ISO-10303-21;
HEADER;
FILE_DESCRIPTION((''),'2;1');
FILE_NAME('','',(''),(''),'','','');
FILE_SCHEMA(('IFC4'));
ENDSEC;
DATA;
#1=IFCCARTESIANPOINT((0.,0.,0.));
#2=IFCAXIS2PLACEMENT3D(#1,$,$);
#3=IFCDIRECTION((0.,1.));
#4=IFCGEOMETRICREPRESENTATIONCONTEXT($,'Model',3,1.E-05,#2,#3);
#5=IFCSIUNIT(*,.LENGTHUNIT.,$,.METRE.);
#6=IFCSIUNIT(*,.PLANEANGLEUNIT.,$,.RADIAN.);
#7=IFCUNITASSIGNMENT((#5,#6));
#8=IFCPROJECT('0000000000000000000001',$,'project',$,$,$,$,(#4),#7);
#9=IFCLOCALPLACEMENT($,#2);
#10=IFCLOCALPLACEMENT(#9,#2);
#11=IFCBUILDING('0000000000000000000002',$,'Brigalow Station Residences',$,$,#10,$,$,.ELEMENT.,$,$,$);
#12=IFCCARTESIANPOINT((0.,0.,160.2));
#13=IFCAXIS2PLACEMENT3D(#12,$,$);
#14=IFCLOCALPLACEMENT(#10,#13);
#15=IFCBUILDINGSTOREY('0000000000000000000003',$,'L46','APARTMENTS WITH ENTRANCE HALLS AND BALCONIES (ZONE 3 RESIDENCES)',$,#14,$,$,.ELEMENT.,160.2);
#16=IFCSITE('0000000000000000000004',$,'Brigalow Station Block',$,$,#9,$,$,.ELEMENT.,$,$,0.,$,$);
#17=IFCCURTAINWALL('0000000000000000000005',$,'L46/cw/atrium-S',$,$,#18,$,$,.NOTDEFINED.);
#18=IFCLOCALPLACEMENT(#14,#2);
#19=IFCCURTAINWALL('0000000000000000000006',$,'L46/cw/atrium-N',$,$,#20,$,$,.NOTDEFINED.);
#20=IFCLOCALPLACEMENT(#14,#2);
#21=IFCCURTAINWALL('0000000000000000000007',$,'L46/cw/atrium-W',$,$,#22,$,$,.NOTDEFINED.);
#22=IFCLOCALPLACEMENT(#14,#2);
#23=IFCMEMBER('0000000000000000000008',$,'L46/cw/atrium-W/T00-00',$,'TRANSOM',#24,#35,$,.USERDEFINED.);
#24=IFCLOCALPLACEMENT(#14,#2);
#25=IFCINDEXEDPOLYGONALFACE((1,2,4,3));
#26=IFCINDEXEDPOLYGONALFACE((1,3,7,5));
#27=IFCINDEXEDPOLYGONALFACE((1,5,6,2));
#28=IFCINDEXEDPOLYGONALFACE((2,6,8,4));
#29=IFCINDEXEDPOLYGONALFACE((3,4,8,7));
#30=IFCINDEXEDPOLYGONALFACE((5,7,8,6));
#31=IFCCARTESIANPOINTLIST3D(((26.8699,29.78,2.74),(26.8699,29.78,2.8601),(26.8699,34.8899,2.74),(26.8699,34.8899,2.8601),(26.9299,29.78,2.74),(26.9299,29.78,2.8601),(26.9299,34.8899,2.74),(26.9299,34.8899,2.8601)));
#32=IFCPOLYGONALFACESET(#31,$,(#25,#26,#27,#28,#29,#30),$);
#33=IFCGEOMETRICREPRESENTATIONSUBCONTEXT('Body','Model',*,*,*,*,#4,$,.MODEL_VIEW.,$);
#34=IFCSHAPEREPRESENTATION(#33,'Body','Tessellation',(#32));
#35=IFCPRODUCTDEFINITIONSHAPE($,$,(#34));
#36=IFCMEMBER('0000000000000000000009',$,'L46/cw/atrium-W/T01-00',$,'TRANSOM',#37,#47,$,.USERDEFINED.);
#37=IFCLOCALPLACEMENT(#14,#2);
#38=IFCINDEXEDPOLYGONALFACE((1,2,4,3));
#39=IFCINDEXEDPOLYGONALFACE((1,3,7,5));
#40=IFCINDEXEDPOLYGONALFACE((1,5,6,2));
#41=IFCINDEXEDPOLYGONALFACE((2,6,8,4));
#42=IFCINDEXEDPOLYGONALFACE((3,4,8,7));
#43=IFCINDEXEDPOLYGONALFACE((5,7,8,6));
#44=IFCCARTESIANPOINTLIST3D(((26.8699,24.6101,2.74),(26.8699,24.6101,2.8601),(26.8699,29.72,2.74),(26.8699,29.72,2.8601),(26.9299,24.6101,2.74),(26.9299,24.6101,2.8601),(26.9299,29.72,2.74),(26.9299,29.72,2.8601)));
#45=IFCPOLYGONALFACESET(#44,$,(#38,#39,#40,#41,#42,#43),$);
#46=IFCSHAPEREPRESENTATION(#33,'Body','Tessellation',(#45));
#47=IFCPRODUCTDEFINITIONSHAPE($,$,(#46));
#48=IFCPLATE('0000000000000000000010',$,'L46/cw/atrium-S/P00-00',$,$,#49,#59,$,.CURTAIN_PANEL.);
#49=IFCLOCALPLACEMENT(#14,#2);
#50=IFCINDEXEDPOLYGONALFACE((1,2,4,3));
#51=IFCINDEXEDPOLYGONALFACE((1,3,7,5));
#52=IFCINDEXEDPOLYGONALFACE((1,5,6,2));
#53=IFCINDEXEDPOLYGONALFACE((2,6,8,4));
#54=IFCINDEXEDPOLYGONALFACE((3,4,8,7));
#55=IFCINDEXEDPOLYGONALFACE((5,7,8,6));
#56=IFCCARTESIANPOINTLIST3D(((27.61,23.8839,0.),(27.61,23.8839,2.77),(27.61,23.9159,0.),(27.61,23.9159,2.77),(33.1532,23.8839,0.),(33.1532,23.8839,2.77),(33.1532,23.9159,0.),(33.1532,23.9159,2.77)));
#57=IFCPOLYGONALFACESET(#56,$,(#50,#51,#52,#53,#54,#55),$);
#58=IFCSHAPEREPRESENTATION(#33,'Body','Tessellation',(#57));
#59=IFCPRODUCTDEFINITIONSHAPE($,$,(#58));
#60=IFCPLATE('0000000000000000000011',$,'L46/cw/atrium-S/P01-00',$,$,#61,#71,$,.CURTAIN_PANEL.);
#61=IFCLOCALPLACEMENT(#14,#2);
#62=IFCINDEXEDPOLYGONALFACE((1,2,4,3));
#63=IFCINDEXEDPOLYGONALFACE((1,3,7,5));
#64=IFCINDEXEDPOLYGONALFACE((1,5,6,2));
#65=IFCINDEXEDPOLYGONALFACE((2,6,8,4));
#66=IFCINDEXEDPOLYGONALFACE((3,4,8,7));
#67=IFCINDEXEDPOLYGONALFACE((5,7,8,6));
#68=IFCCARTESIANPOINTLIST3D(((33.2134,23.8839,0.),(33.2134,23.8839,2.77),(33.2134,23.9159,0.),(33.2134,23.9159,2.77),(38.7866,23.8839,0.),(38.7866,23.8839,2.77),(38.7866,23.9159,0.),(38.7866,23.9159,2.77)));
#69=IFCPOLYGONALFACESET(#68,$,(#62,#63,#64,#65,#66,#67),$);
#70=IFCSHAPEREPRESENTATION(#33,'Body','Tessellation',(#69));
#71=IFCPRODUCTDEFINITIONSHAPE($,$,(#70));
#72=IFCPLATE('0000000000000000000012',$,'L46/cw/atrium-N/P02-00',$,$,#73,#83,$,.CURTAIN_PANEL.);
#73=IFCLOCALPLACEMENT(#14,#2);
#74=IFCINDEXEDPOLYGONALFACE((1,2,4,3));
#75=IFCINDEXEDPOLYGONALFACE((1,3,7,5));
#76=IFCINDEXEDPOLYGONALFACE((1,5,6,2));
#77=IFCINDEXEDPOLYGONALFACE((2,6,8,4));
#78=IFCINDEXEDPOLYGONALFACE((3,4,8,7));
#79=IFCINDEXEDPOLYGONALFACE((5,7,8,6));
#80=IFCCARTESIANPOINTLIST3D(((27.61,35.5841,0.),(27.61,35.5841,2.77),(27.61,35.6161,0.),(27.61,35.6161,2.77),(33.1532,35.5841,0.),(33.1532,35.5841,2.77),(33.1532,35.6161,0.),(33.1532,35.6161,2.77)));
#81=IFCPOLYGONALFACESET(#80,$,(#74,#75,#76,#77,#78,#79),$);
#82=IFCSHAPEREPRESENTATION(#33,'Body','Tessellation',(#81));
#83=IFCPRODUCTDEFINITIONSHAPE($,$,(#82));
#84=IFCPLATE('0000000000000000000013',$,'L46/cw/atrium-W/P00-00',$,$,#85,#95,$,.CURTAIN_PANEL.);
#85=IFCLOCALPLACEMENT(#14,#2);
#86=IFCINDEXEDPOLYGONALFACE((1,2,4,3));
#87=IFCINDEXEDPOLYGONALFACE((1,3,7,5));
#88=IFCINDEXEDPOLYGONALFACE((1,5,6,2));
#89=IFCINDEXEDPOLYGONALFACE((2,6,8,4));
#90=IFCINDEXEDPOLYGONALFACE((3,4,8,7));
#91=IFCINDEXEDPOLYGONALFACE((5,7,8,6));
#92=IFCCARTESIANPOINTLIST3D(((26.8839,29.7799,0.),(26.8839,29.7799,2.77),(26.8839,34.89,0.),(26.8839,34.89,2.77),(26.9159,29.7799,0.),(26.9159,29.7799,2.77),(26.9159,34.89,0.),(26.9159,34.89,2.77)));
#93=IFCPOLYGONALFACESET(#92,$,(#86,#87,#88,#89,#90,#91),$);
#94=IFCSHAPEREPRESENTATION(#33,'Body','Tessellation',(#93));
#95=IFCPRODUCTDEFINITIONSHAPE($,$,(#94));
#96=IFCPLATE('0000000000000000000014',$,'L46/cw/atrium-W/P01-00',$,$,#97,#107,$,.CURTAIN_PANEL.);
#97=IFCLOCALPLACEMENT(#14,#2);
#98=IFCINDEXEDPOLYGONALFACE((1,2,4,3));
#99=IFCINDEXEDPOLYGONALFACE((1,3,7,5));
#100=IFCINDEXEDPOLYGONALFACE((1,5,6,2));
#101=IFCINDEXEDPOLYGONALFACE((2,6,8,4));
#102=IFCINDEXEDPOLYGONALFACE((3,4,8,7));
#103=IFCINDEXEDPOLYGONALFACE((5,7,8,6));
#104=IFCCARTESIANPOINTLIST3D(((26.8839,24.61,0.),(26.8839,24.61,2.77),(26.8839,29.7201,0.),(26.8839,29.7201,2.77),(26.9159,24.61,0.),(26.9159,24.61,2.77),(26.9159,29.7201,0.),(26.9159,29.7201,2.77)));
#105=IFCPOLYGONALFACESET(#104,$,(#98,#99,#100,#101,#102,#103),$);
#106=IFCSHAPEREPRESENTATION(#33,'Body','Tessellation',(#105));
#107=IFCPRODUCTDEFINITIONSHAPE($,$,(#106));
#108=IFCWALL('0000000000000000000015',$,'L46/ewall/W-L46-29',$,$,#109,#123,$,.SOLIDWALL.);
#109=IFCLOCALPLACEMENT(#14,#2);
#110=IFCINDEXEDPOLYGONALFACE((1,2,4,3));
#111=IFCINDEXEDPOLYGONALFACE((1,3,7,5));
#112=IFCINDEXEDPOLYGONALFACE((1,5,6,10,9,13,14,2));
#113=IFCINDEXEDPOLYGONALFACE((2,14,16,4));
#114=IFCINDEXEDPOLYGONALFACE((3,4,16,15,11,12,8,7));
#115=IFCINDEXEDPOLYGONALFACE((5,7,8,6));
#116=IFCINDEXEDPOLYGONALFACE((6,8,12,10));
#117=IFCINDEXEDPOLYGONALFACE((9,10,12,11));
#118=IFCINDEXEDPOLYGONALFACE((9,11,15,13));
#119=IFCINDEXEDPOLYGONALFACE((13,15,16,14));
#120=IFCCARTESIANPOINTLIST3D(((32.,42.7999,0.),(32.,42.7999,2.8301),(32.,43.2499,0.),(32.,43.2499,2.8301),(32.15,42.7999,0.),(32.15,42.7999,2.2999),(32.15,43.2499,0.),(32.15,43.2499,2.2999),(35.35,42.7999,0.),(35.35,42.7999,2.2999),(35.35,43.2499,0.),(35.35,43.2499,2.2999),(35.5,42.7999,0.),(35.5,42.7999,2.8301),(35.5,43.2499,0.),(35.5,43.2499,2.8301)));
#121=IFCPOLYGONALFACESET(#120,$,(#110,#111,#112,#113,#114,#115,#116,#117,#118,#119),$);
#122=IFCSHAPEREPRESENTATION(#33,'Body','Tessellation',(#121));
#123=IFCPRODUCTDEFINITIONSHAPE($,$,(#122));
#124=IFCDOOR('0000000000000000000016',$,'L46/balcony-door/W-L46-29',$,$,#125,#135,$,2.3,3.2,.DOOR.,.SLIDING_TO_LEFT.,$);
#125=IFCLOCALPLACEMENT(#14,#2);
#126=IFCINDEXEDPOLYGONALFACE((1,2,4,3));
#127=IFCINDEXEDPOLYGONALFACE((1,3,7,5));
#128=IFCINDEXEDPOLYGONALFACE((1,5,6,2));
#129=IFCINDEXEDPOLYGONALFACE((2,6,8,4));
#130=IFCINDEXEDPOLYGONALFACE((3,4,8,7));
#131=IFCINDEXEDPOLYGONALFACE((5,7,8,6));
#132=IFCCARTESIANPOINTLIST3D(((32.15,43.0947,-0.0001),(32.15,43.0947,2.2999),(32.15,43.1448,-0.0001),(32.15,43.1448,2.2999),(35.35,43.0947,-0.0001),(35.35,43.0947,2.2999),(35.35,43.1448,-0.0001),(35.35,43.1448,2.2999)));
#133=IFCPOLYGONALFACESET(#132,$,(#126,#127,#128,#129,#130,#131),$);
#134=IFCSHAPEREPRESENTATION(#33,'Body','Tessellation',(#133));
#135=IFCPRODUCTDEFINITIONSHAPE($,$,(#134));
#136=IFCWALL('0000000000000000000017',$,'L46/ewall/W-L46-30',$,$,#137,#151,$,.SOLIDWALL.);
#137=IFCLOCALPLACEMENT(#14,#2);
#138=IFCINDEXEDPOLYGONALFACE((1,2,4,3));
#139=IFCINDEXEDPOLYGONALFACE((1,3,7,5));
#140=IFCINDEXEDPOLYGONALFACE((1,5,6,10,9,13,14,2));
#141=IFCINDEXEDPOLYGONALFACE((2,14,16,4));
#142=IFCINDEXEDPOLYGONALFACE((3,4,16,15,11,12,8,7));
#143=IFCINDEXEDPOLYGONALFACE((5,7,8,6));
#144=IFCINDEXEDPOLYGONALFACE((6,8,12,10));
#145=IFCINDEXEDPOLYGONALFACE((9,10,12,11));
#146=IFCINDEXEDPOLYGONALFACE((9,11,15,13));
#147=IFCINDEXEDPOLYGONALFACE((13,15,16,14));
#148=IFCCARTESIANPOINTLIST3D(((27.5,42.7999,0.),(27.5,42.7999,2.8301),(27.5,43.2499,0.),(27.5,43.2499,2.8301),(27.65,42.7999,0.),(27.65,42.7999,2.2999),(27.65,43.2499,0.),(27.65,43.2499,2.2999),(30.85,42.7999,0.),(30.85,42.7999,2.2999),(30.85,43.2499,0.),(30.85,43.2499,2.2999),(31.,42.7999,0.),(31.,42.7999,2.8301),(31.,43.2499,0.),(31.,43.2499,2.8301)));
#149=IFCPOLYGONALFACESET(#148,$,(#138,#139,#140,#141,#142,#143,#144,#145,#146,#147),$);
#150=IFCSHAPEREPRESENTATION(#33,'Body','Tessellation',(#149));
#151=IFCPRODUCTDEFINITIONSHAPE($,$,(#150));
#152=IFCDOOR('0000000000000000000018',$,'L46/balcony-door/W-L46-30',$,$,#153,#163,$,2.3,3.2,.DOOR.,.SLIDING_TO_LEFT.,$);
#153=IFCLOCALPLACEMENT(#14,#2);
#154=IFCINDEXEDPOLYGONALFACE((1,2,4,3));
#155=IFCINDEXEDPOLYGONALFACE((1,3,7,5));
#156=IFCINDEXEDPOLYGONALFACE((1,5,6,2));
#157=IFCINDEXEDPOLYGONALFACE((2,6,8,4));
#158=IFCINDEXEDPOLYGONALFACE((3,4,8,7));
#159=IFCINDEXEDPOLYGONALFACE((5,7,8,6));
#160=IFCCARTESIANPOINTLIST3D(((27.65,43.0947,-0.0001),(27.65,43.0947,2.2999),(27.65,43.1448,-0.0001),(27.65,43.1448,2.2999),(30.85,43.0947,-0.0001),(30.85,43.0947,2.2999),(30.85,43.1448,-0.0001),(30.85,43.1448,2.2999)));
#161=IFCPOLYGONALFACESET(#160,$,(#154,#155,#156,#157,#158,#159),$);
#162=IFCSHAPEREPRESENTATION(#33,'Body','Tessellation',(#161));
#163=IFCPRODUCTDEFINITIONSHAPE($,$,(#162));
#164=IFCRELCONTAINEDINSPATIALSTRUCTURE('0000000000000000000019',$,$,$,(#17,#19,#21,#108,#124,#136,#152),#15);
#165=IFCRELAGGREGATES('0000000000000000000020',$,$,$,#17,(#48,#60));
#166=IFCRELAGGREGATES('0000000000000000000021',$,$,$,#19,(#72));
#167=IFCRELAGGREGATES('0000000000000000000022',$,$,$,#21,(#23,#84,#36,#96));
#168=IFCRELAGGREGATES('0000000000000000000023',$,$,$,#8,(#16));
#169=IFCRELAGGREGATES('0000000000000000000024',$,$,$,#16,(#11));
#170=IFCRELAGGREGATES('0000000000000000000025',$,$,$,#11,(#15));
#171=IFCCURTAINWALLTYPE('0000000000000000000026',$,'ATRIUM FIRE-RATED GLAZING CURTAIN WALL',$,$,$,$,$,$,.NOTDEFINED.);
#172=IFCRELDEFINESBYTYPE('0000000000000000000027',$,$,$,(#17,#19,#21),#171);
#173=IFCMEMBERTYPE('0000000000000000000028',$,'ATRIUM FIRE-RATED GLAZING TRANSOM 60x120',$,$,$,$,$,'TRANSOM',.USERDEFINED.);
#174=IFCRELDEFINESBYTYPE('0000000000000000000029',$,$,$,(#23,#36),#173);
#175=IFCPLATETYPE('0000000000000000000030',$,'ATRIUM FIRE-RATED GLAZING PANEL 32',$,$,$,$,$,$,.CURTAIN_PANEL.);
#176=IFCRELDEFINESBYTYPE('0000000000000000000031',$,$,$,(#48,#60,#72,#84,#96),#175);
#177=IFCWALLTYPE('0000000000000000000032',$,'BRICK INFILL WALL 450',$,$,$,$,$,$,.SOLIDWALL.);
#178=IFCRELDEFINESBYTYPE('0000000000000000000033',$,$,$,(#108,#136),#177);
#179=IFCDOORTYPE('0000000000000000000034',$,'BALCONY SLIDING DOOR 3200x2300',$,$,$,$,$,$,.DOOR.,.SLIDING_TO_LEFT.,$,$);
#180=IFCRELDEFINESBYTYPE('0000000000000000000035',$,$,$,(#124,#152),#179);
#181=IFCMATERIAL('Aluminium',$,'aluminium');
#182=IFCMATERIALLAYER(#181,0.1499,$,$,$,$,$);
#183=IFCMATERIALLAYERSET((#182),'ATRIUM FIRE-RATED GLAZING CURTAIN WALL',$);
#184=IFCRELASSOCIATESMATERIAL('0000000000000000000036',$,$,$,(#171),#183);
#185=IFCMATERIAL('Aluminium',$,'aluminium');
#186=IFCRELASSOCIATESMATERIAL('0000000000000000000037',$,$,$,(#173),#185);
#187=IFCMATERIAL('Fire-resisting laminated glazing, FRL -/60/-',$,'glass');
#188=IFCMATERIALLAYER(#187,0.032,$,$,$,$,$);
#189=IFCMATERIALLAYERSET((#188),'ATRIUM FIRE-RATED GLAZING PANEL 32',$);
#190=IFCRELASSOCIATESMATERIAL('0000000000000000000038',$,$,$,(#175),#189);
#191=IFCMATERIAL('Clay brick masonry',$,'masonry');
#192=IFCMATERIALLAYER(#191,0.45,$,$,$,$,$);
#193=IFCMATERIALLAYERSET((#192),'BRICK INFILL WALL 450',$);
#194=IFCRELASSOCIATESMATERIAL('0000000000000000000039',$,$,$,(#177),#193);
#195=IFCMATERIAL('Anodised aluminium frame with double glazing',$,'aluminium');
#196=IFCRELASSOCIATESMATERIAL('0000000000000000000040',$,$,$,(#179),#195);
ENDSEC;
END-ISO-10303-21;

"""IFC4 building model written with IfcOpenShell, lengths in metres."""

from ifc_helpers import new_model, si_unit, direction, frame, frame_2d, origin, origin_2d, place, context, subcontext, project, spatial, rectangle, extrude, material, layer, layer_set, material_profile, profile_set, type_object, element, fill, aggregate, save


model = new_model("IFC4")

# Units and contexts
model_context = context("Model", 3, precision=1e-05, world=origin(), true_north=direction((0.0, 1.0)))
body_context = subcontext(model_context, "Body", "Model", "MODEL_VIEW")
ifc_project = project(units=[si_unit("LENGTHUNIT", "METRE"), si_unit("PLANEANGLEUNIT", "RADIAN")], contexts=[model_context])

# Site, building, storey
site_placement = place(None, origin())
site = spatial("IfcSite", under=ifc_project, at=site_placement, Name="Brigalow Station Block", CompositionType="ELEMENT", RefElevation=0.0)
building_placement = place(site_placement, origin())
building = spatial("IfcBuilding", under=site, at=building_placement, Name="Brigalow Station Residences", CompositionType="ELEMENT")
storey_placement = place(building_placement, frame((0.0, 0.0, 160.2)))
storey = spatial("IfcBuildingStorey", under=building, at=storey_placement, Name="L46", Description="APARTMENTS WITH ENTRANCE HALLS AND BALCONIES (ZONE 3 RESIDENCES)", CompositionType="ELEMENT", Elevation=160.2)

# Curtain wall
ifc_material_1 = material(Name="Aluminium", Category="aluminium")
ifc_layer_1 = layer(ifc_material_1, 0.1499)
ifc_layer_set_1 = layer_set([ifc_layer_1], Name="ATRIUM FIRE-RATED GLAZING CURTAIN WALL")
curtain_wall_type = type_object("IfcCurtainWallType", Name="ATRIUM FIRE-RATED GLAZING CURTAIN WALL", PredefinedType="NOTDEFINED", material=ifc_layer_set_1)
curtain_wall_1_placement = place(storey_placement, origin())
curtain_wall_1 = element("IfcCurtainWall", 1, at=curtain_wall_1_placement, inside=storey, type_object=curtain_wall_type, Name="L46/cw/atrium-S", PredefinedType="NOTDEFINED")

# Curtain walls
curtain_wall_2_placement = place(storey_placement, origin())
curtain_wall_2 = element("IfcCurtainWall", 2, at=curtain_wall_2_placement, inside=storey, type_object=curtain_wall_type, Name="L46/cw/atrium-N", PredefinedType="NOTDEFINED")
curtain_wall_3_placement = place(storey_placement, origin())
curtain_wall_3 = element("IfcCurtainWall", 3, at=curtain_wall_3_placement, inside=storey, type_object=curtain_wall_type, Name="L46/cw/atrium-W", PredefinedType="NOTDEFINED")

# Members
ifc_material_2 = material(Name="Aluminium", Category="aluminium")
ifc_material_profile_1 = material_profile(ifc_material_2, rectangle(XDim=0.0601, YDim=0.1201, at=origin_2d()), Name="ATRIUM FIRE-RATED GLAZING TRANSOM 60x120")
ifc_profile_set_1 = profile_set([ifc_material_profile_1], Name="Aluminium")
member_type_1 = type_object("IfcMemberType", Name="ATRIUM FIRE-RATED GLAZING TRANSOM 60x120", ElementType="TRANSOM", PredefinedType="USERDEFINED", material=ifc_profile_set_1)
member_1_placement = place(storey_placement, frame((26.8999, 34.8899, 2.8), z_axis=(0.0, -1.0, 0.0), x_axis=(1.0, 0.0, 0.0)))
member_1 = element("IfcMember", 4, at=member_1_placement, type_object=member_type_1, Name="L46/cw/atrium-W/T00-00", ObjectType="TRANSOM", PredefinedType="USERDEFINED", context=body_context, shape_type="SweptSolid", body=[
    extrude(rectangle(XDim=0.0601, YDim=0.1201, at=origin_2d()), origin(), (0.0, 0.0, 1.0), 5.1099),
])
member_2_placement = place(storey_placement, frame((26.8999, 29.72, 2.8), z_axis=(0.0, -1.0, 0.0), x_axis=(1.0, 0.0, 0.0)))
member_2 = element("IfcMember", 5, at=member_2_placement, type_object=member_type_1, Name="L46/cw/atrium-W/T01-00", ObjectType="TRANSOM", PredefinedType="USERDEFINED", context=body_context, shape_type="SweptSolid", body=[
    extrude(rectangle(XDim=0.0601, YDim=0.1201, at=origin_2d()), origin(), (0.0, 0.0, 1.0), 5.1099),
])

# Plates
ifc_material_3 = material(Name="Fire-resisting laminated glazing, FRL -/60/-", Category="glass")
ifc_layer_2 = layer(ifc_material_3, 0.032)
ifc_layer_set_2 = layer_set([ifc_layer_2], Name="ATRIUM FIRE-RATED GLAZING PANEL 32")
plate_type = type_object("IfcPlateType", Name="ATRIUM FIRE-RATED GLAZING PANEL 32", PredefinedType="CURTAIN_PANEL", material=ifc_layer_set_2)
plate_1_placement = place(storey_placement, frame((30.3816, 23.8999, 0.0), z_axis=(0.0, 0.0, 1.0), x_axis=(1.0, 0.0, 0.0)))
plate_1 = element("IfcPlate", 6, at=plate_1_placement, type_object=plate_type, Name="L46/cw/atrium-S/P00-00", PredefinedType="CURTAIN_PANEL", context=body_context, shape_type="SweptSolid", body=[
    extrude(rectangle(XDim=5.5432, YDim=0.032, at=origin_2d()), origin(), (0.0, 0.0, 1.0), 2.77),
])
plate_2_placement = place(storey_placement, frame((36.0, 23.8999, 0.0), z_axis=(0.0, 0.0, 1.0), x_axis=(1.0, 0.0, 0.0)))
plate_2 = element("IfcPlate", 7, at=plate_2_placement, type_object=plate_type, Name="L46/cw/atrium-S/P01-00", PredefinedType="CURTAIN_PANEL", context=body_context, shape_type="SweptSolid", body=[
    extrude(rectangle(XDim=5.5732, YDim=0.032, at=origin_2d()), origin(), (0.0, 0.0, 1.0), 2.77),
])
aggregate(curtain_wall_1, [plate_1, plate_2])
plate_3_placement = place(storey_placement, frame((30.3816, 35.6001, 0.0), z_axis=(0.0, 0.0, 1.0), x_axis=(-1.0, 0.0, 0.0)))
plate_3 = element("IfcPlate", 8, at=plate_3_placement, type_object=plate_type, Name="L46/cw/atrium-N/P02-00", PredefinedType="CURTAIN_PANEL", context=body_context, shape_type="SweptSolid", body=[
    extrude(rectangle(XDim=5.5432, YDim=0.032, at=origin_2d()), origin(), (0.0, 0.0, 1.0), 2.77),
])
aggregate(curtain_wall_2, [plate_3])
plate_4_placement = place(storey_placement, frame((26.8999, 32.335, 0.0), z_axis=(0.0, 0.0, 1.0), x_axis=(0.0, -1.0, 0.0)))
plate_4 = element("IfcPlate", 9, at=plate_4_placement, type_object=plate_type, Name="L46/cw/atrium-W/P00-00", PredefinedType="CURTAIN_PANEL", context=body_context, shape_type="SweptSolid", body=[
    extrude(rectangle(XDim=5.1101, YDim=0.032, at=origin_2d()), origin(), (0.0, 0.0, 1.0), 2.77),
])
plate_5_placement = place(storey_placement, frame((26.8999, 27.165, 0.0), z_axis=(0.0, 0.0, 1.0), x_axis=(0.0, -1.0, 0.0)))
plate_5 = element("IfcPlate", 10, at=plate_5_placement, type_object=plate_type, Name="L46/cw/atrium-W/P01-00", PredefinedType="CURTAIN_PANEL", context=body_context, shape_type="SweptSolid", body=[
    extrude(rectangle(XDim=5.1101, YDim=0.032, at=origin_2d()), origin(), (0.0, 0.0, 1.0), 2.77),
])
aggregate(curtain_wall_3, [member_1, plate_4, member_2, plate_5])

# Walls, openings, doors
ifc_material_4 = material(Name="Clay brick masonry", Category="masonry")
ifc_layer_3 = layer(ifc_material_4, 0.45)
ifc_layer_set_3 = layer_set([ifc_layer_3], Name="BRICK INFILL WALL 450")
wall_type = type_object("IfcWallType", Name="BRICK INFILL WALL 450", PredefinedType="SOLIDWALL", material=ifc_layer_set_3)
wall_1_placement = place(storey_placement, frame((35.5, 43.0249, 0.0), z_axis=(0.0, 0.0, 1.0), x_axis=(-1.0, 0.0, 0.0)))
wall_1 = element("IfcWall", 11, at=wall_1_placement, inside=storey, type_object=wall_type, Name="L46/ewall/W-L46-29", PredefinedType="SOLIDWALL", context=body_context, shape_type="SweptSolid", body=[
    extrude(rectangle(XDim=3.5, YDim=0.45, at=frame_2d((1.75, 0.0))), origin(), (0.0, 0.0, 1.0), 2.8301),
])
opening_1_placement = place(wall_1_placement, frame((0.1499, 0.0, 0.0)))
opening_1 = element("IfcOpeningElement", 12, at=opening_1_placement, cuts=wall_1, PredefinedType="OPENING", context=body_context, shape_type="SweptSolid", body=[
    extrude(rectangle(XDim=3.2, YDim=2.3, at=frame_2d((1.6001, 1.1499))), frame((0.0, 0.2349, 0.0), z_axis=(0.0, -1.0, 0.0), x_axis=(1.0, 0.0, 0.0)), (0.0, 0.0, 1.0), 0.47),
])
ifc_material_5 = material(Name="Anodised aluminium frame with double glazing", Category="aluminium")
door_type = type_object("IfcDoorType", Name="BALCONY SLIDING DOOR 3200x2300", OperationType="SLIDING_TO_LEFT", PredefinedType="DOOR", material=ifc_material_5)
door_1_placement = place(opening_1_placement, origin())
door_1 = element("IfcDoor", 13, at=door_1_placement, inside=storey, type_object=door_type, Name="L46/balcony-door/W-L46-29", OperationType="SLIDING_TO_LEFT", OverallHeight=2.3, OverallWidth=3.2, PredefinedType="DOOR", context=body_context, shape_type="SweptSolid", body=[
    extrude(rectangle(XDim=3.2, YDim=2.3, at=frame_2d((1.6001, 1.1499))), frame((0.0, -0.0698, 0.0), z_axis=(0.0, -1.0, 0.0), x_axis=(1.0, 0.0, 0.0)), (0.0, 0.0, 1.0), 0.05),
])
fill(opening_1, door_1)
wall_2_placement = place(storey_placement, frame((31.0, 43.0249, 0.0), z_axis=(0.0, 0.0, 1.0), x_axis=(-1.0, 0.0, 0.0)))
wall_2 = element("IfcWall", 14, at=wall_2_placement, inside=storey, type_object=wall_type, Name="L46/ewall/W-L46-30", PredefinedType="SOLIDWALL", context=body_context, shape_type="SweptSolid", body=[
    extrude(rectangle(XDim=3.5, YDim=0.45, at=frame_2d((1.75, 0.0))), origin(), (0.0, 0.0, 1.0), 2.8301),
])
opening_2_placement = place(wall_2_placement, frame((0.1499, 0.0, 0.0)))
opening_2 = element("IfcOpeningElement", 15, at=opening_2_placement, cuts=wall_2, PredefinedType="OPENING", context=body_context, shape_type="SweptSolid", body=[
    extrude(rectangle(XDim=3.2, YDim=2.3, at=frame_2d((1.6001, 1.1499))), frame((0.0, 0.2349, 0.0), z_axis=(0.0, -1.0, 0.0), x_axis=(1.0, 0.0, 0.0)), (0.0, 0.0, 1.0), 0.47),
])
door_2_placement = place(opening_2_placement, origin())
door_2 = element("IfcDoor", 16, at=door_2_placement, inside=storey, type_object=door_type, Name="L46/balcony-door/W-L46-30", OperationType="SLIDING_TO_LEFT", OverallHeight=2.3, OverallWidth=3.2, PredefinedType="DOOR", context=body_context, shape_type="SweptSolid", body=[
    extrude(rectangle(XDim=3.2, YDim=2.3, at=frame_2d((1.6001, 1.1499))), frame((0.0, -0.0698, 0.0), z_axis=(0.0, -1.0, 0.0), x_axis=(1.0, 0.0, 0.0)), (0.0, 0.0, 1.0), 0.05),
])
fill(opening_2, door_2)

save(model, "model.ifc")
